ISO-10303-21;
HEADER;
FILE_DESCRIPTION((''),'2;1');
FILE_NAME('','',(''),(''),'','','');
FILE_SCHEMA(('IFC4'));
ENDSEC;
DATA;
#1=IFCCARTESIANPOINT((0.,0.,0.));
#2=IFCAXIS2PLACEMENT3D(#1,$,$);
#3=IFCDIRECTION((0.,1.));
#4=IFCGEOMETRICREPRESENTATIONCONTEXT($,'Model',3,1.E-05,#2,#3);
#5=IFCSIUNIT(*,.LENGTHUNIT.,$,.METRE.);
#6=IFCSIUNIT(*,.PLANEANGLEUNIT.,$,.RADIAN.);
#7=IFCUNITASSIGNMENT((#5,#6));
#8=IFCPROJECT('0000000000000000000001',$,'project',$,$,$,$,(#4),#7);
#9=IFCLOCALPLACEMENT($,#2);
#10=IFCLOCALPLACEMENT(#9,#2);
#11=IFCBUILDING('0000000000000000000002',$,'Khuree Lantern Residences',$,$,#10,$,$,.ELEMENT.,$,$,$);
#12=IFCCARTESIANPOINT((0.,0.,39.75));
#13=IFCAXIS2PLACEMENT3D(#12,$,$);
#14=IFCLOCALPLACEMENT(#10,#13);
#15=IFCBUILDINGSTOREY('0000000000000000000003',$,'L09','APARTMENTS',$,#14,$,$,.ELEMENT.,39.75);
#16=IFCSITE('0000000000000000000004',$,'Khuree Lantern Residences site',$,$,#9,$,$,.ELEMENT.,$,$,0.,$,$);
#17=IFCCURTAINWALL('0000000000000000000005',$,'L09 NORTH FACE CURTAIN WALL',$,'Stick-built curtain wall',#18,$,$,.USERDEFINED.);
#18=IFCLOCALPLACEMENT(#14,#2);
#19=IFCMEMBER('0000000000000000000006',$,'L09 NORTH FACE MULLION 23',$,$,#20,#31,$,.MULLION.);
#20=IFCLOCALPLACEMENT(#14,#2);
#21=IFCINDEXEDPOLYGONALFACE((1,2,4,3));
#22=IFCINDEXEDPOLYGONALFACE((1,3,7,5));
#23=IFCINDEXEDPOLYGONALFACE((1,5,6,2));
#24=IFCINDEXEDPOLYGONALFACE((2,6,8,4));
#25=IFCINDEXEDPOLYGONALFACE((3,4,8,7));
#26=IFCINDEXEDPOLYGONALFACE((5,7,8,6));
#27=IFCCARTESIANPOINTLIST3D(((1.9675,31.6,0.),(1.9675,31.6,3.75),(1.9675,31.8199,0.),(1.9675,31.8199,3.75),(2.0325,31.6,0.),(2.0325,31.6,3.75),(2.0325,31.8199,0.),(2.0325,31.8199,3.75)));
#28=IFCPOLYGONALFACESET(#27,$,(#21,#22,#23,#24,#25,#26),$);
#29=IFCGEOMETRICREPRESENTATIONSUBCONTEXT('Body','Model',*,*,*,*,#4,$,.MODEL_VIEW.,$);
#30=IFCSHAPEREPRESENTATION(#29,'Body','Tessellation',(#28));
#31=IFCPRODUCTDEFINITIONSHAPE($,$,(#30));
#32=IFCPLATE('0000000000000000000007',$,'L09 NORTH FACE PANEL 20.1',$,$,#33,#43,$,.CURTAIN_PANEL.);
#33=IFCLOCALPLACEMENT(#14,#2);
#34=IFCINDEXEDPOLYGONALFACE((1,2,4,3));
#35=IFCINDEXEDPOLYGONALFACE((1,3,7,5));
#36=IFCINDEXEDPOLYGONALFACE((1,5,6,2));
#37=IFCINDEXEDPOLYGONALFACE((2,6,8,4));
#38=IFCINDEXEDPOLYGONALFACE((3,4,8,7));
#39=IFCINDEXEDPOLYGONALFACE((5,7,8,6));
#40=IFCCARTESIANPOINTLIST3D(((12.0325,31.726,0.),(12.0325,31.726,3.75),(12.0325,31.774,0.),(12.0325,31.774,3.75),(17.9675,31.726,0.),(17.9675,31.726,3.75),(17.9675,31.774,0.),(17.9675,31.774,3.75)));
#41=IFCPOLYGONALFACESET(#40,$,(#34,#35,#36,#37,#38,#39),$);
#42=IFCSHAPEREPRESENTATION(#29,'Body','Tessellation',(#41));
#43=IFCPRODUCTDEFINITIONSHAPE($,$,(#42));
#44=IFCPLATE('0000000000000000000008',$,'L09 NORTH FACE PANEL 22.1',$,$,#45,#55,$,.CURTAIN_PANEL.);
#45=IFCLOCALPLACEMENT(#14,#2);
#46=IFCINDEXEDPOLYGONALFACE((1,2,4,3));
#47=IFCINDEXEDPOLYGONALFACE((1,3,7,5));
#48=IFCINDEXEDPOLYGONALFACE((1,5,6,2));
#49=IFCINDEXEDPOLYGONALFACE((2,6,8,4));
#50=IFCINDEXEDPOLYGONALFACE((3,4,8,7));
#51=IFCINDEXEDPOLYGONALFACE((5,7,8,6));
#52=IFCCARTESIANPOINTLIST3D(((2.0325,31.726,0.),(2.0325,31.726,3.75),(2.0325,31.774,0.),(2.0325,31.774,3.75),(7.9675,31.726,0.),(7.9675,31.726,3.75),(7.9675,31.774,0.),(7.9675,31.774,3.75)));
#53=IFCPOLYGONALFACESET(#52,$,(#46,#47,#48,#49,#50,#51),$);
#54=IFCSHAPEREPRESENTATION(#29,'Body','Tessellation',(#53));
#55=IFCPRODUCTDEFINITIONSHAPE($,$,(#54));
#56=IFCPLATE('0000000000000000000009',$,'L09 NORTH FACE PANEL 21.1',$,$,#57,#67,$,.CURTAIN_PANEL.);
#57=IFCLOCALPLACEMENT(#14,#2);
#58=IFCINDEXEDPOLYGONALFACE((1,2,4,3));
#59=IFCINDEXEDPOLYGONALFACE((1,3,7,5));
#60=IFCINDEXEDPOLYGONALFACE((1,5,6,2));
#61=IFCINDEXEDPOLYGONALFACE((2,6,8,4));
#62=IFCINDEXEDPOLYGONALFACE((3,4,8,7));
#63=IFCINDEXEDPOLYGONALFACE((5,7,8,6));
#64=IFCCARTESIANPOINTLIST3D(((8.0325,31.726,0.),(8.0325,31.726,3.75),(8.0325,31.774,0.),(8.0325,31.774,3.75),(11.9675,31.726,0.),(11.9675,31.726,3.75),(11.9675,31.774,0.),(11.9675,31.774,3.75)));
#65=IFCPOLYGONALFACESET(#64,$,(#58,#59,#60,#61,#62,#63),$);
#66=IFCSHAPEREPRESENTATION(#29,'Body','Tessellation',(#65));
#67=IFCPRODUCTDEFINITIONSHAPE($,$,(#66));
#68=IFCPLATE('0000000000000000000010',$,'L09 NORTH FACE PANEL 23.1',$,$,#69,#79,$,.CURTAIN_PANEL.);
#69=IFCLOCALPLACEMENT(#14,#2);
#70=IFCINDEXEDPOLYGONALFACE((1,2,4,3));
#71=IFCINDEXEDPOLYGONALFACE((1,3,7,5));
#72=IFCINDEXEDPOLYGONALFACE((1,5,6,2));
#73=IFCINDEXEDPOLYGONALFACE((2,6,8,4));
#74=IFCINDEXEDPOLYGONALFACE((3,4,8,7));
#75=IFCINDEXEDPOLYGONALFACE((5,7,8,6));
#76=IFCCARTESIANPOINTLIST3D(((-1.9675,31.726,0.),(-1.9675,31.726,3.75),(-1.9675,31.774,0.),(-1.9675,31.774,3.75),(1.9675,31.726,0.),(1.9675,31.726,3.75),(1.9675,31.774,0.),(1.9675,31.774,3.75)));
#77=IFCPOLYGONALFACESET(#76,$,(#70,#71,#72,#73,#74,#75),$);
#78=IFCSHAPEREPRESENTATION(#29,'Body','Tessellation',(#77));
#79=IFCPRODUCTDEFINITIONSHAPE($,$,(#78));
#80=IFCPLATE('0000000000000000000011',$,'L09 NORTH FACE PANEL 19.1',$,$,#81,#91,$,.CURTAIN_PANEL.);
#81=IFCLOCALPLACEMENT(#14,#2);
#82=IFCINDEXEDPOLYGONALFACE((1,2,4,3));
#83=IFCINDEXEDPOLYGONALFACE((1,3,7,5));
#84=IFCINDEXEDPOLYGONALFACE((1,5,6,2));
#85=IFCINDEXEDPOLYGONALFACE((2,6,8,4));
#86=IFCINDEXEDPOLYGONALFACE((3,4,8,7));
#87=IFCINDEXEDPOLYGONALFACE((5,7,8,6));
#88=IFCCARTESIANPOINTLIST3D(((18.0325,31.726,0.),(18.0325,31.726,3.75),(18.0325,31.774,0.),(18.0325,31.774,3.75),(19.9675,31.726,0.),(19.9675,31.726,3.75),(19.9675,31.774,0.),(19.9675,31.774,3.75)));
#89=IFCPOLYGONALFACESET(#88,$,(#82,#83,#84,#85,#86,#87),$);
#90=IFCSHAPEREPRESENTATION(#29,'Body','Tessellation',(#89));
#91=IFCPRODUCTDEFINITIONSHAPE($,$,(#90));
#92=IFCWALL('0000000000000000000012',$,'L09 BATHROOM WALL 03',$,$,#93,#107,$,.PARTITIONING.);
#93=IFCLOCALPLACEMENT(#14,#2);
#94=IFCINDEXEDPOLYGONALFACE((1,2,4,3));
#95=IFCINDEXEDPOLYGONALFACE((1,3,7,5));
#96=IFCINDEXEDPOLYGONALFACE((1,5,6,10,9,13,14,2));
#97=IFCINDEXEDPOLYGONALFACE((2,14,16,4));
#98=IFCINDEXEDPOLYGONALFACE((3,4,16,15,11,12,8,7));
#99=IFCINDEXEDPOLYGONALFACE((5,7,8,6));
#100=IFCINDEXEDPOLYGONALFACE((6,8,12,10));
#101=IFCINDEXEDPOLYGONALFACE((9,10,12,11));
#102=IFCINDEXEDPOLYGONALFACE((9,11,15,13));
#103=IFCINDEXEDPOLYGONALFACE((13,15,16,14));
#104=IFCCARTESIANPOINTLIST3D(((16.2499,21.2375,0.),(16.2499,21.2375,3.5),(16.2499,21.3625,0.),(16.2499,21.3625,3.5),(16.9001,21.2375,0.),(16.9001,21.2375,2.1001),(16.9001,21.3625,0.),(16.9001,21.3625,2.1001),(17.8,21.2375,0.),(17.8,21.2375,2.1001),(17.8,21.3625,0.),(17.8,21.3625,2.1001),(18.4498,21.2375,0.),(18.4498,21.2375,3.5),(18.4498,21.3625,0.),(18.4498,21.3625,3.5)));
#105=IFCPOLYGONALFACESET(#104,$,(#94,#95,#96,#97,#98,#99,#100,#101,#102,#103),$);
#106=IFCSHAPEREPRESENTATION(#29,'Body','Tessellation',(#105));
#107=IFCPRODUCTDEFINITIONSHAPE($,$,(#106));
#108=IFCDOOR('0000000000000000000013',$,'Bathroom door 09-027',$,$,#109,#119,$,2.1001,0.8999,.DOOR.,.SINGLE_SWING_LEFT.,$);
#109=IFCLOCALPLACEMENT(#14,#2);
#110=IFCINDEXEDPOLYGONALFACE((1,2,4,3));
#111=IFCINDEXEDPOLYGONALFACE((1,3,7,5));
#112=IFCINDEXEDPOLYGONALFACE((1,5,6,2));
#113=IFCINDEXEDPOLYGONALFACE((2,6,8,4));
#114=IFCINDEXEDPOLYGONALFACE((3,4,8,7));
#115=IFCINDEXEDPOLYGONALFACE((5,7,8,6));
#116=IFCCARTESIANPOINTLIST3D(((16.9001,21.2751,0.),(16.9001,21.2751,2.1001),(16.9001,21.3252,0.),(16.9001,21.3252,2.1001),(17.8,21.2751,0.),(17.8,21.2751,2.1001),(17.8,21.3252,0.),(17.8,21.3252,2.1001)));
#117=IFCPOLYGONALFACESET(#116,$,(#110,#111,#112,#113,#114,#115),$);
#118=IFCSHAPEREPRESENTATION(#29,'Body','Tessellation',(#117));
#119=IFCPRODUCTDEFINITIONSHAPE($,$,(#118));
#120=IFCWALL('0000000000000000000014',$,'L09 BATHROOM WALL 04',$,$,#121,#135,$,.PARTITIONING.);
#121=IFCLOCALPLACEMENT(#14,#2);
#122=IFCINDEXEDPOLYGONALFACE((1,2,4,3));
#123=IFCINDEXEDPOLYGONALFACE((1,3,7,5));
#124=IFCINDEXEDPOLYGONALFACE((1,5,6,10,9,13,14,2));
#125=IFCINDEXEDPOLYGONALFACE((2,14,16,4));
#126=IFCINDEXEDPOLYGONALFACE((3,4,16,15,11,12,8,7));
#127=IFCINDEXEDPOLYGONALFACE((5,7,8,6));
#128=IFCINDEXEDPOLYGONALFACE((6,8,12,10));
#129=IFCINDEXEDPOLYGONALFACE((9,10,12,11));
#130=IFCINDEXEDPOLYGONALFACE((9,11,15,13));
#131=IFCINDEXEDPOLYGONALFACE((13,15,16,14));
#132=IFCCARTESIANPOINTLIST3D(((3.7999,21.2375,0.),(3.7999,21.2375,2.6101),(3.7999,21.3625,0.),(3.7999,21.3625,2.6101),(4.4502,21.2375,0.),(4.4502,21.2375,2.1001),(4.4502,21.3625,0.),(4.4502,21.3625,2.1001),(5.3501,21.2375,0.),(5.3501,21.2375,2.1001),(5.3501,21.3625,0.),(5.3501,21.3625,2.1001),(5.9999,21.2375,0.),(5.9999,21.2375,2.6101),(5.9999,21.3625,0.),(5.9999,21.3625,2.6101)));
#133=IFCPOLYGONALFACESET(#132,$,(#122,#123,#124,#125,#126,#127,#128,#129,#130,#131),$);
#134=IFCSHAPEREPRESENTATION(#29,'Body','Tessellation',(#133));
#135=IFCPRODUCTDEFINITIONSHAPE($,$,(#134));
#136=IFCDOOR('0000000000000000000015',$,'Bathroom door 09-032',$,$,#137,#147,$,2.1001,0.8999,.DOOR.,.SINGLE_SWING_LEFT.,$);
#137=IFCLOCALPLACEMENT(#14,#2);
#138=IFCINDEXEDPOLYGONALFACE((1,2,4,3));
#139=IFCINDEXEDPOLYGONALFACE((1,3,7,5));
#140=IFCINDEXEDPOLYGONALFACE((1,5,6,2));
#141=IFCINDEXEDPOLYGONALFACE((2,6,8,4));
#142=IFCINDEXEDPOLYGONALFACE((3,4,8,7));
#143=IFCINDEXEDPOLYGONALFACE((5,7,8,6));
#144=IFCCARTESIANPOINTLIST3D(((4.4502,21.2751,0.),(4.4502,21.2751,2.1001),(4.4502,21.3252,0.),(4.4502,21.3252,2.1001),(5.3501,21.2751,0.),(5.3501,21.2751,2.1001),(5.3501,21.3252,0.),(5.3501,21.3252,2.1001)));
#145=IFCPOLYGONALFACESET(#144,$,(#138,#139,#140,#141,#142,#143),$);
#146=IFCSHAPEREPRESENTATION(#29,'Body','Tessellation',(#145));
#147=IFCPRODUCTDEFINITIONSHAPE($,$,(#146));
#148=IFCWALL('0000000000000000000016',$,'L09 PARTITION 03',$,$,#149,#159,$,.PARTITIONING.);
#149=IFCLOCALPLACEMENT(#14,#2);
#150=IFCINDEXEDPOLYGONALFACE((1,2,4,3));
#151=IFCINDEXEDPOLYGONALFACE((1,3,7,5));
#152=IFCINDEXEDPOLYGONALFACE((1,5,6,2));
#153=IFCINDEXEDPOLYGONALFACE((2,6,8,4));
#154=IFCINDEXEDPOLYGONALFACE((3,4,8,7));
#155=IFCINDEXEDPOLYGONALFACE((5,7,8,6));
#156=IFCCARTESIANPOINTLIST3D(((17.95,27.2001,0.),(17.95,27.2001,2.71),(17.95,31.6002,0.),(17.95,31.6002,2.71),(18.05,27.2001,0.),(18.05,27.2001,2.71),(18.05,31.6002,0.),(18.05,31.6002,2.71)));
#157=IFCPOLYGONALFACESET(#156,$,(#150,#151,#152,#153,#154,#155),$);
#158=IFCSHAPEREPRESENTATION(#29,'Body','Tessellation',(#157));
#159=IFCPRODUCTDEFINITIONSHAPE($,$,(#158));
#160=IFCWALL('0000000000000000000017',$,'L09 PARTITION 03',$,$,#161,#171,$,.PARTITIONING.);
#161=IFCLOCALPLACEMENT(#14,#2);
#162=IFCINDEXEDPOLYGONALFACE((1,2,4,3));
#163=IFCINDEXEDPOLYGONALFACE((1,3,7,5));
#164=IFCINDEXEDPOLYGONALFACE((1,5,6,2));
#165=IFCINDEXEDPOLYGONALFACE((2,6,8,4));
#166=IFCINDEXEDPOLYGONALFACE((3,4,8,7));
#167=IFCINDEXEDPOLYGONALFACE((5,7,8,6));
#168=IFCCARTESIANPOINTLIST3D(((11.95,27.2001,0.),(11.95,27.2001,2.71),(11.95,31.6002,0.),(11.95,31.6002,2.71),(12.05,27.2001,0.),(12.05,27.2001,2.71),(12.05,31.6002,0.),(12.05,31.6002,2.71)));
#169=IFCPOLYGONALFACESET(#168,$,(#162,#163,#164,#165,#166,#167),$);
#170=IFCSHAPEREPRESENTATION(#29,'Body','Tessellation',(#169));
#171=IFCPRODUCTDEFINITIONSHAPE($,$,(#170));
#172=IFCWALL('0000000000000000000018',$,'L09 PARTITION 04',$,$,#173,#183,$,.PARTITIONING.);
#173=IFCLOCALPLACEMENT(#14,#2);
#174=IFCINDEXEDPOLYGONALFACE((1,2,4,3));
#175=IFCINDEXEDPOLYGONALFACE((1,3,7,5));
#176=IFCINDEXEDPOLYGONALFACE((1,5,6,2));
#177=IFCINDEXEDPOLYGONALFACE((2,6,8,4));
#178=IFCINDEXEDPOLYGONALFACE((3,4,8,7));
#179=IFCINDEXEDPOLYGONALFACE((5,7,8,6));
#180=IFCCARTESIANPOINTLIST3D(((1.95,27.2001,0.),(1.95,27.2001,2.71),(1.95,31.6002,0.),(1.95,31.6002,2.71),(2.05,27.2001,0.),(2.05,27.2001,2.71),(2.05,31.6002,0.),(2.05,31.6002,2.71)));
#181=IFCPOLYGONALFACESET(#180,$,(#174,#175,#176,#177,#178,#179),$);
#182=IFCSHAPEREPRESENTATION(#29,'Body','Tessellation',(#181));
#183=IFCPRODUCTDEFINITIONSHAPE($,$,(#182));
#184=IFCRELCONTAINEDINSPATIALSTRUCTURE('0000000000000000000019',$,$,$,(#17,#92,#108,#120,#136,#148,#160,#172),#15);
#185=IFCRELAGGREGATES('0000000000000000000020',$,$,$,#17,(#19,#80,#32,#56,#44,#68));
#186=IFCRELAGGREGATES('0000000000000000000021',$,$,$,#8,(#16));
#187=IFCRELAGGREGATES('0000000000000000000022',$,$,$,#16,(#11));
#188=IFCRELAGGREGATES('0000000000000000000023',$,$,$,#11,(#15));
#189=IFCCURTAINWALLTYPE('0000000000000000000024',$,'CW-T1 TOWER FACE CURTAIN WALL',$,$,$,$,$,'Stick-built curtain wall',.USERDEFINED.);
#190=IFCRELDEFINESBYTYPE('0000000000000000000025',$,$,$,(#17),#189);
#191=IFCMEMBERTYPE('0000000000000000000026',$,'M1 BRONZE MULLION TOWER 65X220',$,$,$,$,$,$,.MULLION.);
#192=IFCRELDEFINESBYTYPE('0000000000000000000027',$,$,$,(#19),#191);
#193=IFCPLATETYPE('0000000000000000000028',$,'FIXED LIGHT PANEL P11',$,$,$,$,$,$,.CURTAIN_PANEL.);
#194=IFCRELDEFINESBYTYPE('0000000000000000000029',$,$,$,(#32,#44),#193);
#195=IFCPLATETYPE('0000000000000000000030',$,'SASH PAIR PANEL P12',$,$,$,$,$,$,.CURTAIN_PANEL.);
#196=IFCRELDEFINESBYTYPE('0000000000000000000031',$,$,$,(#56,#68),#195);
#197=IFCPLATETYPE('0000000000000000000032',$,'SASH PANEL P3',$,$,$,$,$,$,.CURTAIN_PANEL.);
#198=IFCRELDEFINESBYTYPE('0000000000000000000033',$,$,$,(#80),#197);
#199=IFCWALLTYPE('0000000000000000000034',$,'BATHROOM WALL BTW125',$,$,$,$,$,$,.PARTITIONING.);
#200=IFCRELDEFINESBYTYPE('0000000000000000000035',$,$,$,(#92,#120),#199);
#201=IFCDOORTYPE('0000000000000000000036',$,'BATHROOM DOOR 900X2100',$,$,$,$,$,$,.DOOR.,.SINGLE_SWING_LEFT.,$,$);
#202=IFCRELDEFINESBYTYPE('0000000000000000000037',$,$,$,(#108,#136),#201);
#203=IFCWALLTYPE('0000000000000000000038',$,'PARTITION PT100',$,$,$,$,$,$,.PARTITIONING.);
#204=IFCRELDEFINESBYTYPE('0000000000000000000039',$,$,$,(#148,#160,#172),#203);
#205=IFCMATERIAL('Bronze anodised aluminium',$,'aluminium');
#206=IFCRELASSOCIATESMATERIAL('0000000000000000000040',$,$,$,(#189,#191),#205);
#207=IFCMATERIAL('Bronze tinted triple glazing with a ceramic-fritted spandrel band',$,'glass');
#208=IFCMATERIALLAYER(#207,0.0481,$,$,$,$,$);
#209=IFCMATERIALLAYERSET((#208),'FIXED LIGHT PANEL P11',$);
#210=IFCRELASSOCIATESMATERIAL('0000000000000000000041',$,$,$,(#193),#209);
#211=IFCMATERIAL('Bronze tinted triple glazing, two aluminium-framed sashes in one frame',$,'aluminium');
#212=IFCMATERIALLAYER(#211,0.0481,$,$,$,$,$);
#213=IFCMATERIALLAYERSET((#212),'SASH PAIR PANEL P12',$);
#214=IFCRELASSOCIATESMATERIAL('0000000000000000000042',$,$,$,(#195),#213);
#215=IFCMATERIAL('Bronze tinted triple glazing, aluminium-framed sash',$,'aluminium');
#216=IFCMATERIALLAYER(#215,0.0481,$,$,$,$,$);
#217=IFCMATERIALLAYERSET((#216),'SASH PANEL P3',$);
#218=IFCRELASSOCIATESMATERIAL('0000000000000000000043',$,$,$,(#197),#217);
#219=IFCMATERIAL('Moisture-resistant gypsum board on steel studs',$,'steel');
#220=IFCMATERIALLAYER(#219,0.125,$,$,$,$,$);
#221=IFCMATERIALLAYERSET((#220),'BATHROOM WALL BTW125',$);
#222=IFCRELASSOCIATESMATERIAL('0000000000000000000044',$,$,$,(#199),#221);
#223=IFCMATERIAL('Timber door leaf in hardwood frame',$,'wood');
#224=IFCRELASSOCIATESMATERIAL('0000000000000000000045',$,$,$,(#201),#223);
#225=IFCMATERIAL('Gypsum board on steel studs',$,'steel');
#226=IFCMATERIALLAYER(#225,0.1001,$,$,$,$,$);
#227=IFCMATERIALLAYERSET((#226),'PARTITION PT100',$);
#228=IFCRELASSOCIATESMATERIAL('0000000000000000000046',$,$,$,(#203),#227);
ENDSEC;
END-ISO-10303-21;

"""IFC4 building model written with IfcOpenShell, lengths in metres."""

from ifc_helpers import new_model, si_unit, direction, frame, frame_2d, origin, origin_2d, place, context, subcontext, project, spatial, rectangle, extrude, material, layer, layer_set, material_profile, profile_set, type_object, element, fill, aggregate, save


model = new_model("IFC4")

# Units and contexts
model_context = context("Model", 3, precision=1e-05, world=origin(), true_north=direction((0.0, 1.0)))
body_context = subcontext(model_context, "Body", "Model", "MODEL_VIEW")
ifc_project = project(units=[si_unit("LENGTHUNIT", "METRE"), si_unit("PLANEANGLEUNIT", "RADIAN")], contexts=[model_context])

# Site, building, storey
site_placement = place(None, origin())
site = spatial("IfcSite", under=ifc_project, at=site_placement, Name="Khuree Lantern Residences site", CompositionType="ELEMENT", RefElevation=0.0)
building_placement = place(site_placement, origin())
building = spatial("IfcBuilding", under=site, at=building_placement, Name="Khuree Lantern Residences", CompositionType="ELEMENT")
storey_placement = place(building_placement, frame((0.0, 0.0, 39.75)))
storey = spatial("IfcBuildingStorey", under=building, at=storey_placement, Name="L09", Description="APARTMENTS", CompositionType="ELEMENT", Elevation=39.75)

# Curtain wall
ifc_material_1 = material(Name="Bronze anodised aluminium", Category="aluminium")
curtain_wall_type = type_object("IfcCurtainWallType", Name="CW-T1 TOWER FACE CURTAIN WALL", ElementType="Stick-built curtain wall", PredefinedType="USERDEFINED", material=ifc_material_1)
curtain_wall_placement = place(storey_placement, origin())
curtain_wall = element("IfcCurtainWall", 1, at=curtain_wall_placement, inside=storey, type_object=curtain_wall_type, Name="L09 NORTH FACE CURTAIN WALL", ObjectType="Stick-built curtain wall", PredefinedType="USERDEFINED")

# Member
ifc_material_profile_1 = material_profile(ifc_material_1, rectangle(XDim=0.0649, YDim=0.22, at=origin_2d()), Name="M1 65X220")
ifc_profile_set_1 = profile_set([ifc_material_profile_1], Name="Bronze anodised aluminium")
member_type_1 = type_object("IfcMemberType", Name="M1 BRONZE MULLION TOWER 65X220", PredefinedType="MULLION", material=ifc_profile_set_1)
member_1_placement = place(storey_placement, frame((2.0, 31.71, 0.0), z_axis=(0.0, 0.0, 1.0), x_axis=(-1.0, 0.0, 0.0)))
member_1 = element("IfcMember", 2, at=member_1_placement, type_object=member_type_1, Name="L09 NORTH FACE MULLION 23", PredefinedType="MULLION", context=body_context, shape_type="SweptSolid", body=[
    extrude(rectangle(XDim=0.0649, YDim=0.22, at=origin_2d()), origin(), (0.0, 0.0, 1.0), 3.75),
])

# Plates
ifc_material_2 = material(Name="Bronze tinted triple glazing with a ceramic-fritted spandrel band", Category="glass")
ifc_layer_1 = layer(ifc_material_2, 0.0481)
ifc_layer_set_1 = layer_set([ifc_layer_1], Name="FIXED LIGHT PANEL P11")
plate_type_1 = type_object("IfcPlateType", Name="FIXED LIGHT PANEL P11", PredefinedType="CURTAIN_PANEL", material=ifc_layer_set_1)
plate_1_placement = place(storey_placement, frame((15.0, 31.75, 0.0), z_axis=(0.0, 0.0, 1.0), x_axis=(-1.0, 0.0, 0.0)))
plate_1 = element("IfcPlate", 3, at=plate_1_placement, type_object=plate_type_1, Name="L09 NORTH FACE PANEL 20.1", PredefinedType="CURTAIN_PANEL", context=body_context, shape_type="SweptSolid", body=[
    extrude(rectangle(XDim=5.9351, YDim=0.0481, at=origin_2d()), origin(), (0.0, 0.0, 1.0), 3.75),
])
plate_2_placement = place(storey_placement, frame((5.0, 31.75, 0.0), z_axis=(0.0, 0.0, 1.0), x_axis=(-1.0, 0.0, 0.0)))
plate_2 = element("IfcPlate", 4, at=plate_2_placement, type_object=plate_type_1, Name="L09 NORTH FACE PANEL 22.1", PredefinedType="CURTAIN_PANEL", context=body_context, shape_type="SweptSolid", body=[
    extrude(rectangle(XDim=5.9351, YDim=0.0481, at=origin_2d()), origin(), (0.0, 0.0, 1.0), 3.75),
])
ifc_material_3 = material(Name="Bronze tinted triple glazing, two aluminium-framed sashes in one frame", Category="aluminium")
ifc_layer_2 = layer(ifc_material_3, 0.0481)
ifc_layer_set_2 = layer_set([ifc_layer_2], Name="SASH PAIR PANEL P12")
plate_type_2 = type_object("IfcPlateType", Name="SASH PAIR PANEL P12", PredefinedType="CURTAIN_PANEL", material=ifc_layer_set_2)
plate_3_placement = place(storey_placement, frame((10.0, 31.75, 0.0), z_axis=(0.0, 0.0, 1.0), x_axis=(-1.0, 0.0, 0.0)))
plate_3 = element("IfcPlate", 5, at=plate_3_placement, type_object=plate_type_2, Name="L09 NORTH FACE PANEL 21.1", PredefinedType="CURTAIN_PANEL", context=body_context, shape_type="SweptSolid", body=[
    extrude(rectangle(XDim=3.9351, YDim=0.0481, at=origin_2d()), origin(), (0.0, 0.0, 1.0), 3.75),
])
plate_4_placement = place(storey_placement, frame((0.0, 31.75, 0.0), z_axis=(0.0, 0.0, 1.0), x_axis=(-1.0, 0.0, 0.0)))
plate_4 = element("IfcPlate", 6, at=plate_4_placement, type_object=plate_type_2, Name="L09 NORTH FACE PANEL 23.1", PredefinedType="CURTAIN_PANEL", context=body_context, shape_type="SweptSolid", body=[
    extrude(rectangle(XDim=3.9351, YDim=0.0481, at=origin_2d()), origin(), (0.0, 0.0, 1.0), 3.75),
])
ifc_material_4 = material(Name="Bronze tinted triple glazing, aluminium-framed sash", Category="aluminium")
ifc_layer_3 = layer(ifc_material_4, 0.0481)
ifc_layer_set_3 = layer_set([ifc_layer_3], Name="SASH PANEL P3")
plate_type_3 = type_object("IfcPlateType", Name="SASH PANEL P3", PredefinedType="CURTAIN_PANEL", material=ifc_layer_set_3)
plate_5_placement = place(storey_placement, frame((19.0, 31.75, 0.0), z_axis=(0.0, 0.0, 1.0), x_axis=(-1.0, 0.0, 0.0)))
plate_5 = element("IfcPlate", 7, at=plate_5_placement, type_object=plate_type_3, Name="L09 NORTH FACE PANEL 19.1", PredefinedType="CURTAIN_PANEL", context=body_context, shape_type="SweptSolid", body=[
    extrude(rectangle(XDim=1.9351, YDim=0.0481, at=origin_2d()), origin(), (0.0, 0.0, 1.0), 3.75),
])
aggregate(curtain_wall, [member_1, plate_5, plate_1, plate_3, plate_2, plate_4])

# Walls, openings, doors
ifc_material_5 = material(Name="Moisture-resistant gypsum board on steel studs", Category="steel")
ifc_layer_4 = layer(ifc_material_5, 0.125)
ifc_layer_set_4 = layer_set([ifc_layer_4], Name="BATHROOM WALL BTW125")
wall_type_1 = type_object("IfcWallType", Name="BATHROOM WALL BTW125", PredefinedType="PARTITIONING", material=ifc_layer_set_4)
wall_1_placement = place(storey_placement, frame((18.45, 21.3, 0.0), z_axis=(0.0, 0.0, 1.0), x_axis=(-1.0, 0.0, 0.0)))
wall_1 = element("IfcWall", 8, at=wall_1_placement, inside=storey, type_object=wall_type_1, Name="L09 BATHROOM WALL 03", PredefinedType="PARTITIONING", context=body_context, shape_type="SweptSolid", body=[
    extrude(rectangle(XDim=2.2, YDim=0.125, at=frame_2d((1.1001, 0.0))), origin(), (0.0, 0.0, 1.0), 3.5),
])
opening_1_placement = place(wall_1_placement, frame((0.6499, 0.0, 0.0)))
opening_1 = element("IfcOpeningElement", 9, at=opening_1_placement, cuts=wall_1, PredefinedType="OPENING", context=body_context, shape_type="SweptSolid", body=[
    extrude(rectangle(XDim=0.8999, YDim=2.1001, at=frame_2d((0.45, 1.05))), frame((0.0, 0.0725, 0.0), z_axis=(0.0, -1.0, 0.0), x_axis=(1.0, 0.0, 0.0)), (0.0, 0.0, 1.0), 0.145),
])
ifc_material_6 = material(Name="Timber door leaf in hardwood frame", Category="wood")
door_type_1 = type_object("IfcDoorType", Name="BATHROOM DOOR 900X2100", OperationType="SINGLE_SWING_LEFT", PredefinedType="DOOR", material=ifc_material_6)
door_1_placement = place(opening_1_placement, origin())
door_1 = element("IfcDoor", 10, at=door_1_placement, inside=storey, type_object=door_type_1, Name="Bathroom door 09-027", OperationType="SINGLE_SWING_LEFT", OverallHeight=2.1001, OverallWidth=0.8999, PredefinedType="DOOR", context=body_context, shape_type="SweptSolid", body=[
    extrude(rectangle(XDim=0.8999, YDim=2.1001, at=frame_2d((0.45, 1.05))), frame((0.0, 0.0249, 0.0), z_axis=(0.0, -1.0, 0.0), x_axis=(1.0, 0.0, 0.0)), (0.0, 0.0, 1.0), 0.05),
])
fill(opening_1, door_1)
wall_2_placement = place(storey_placement, frame((6.0, 21.3, 0.0), z_axis=(0.0, 0.0, 1.0), x_axis=(-1.0, 0.0, 0.0)))
wall_2 = element("IfcWall", 11, at=wall_2_placement, inside=storey, type_object=wall_type_1, Name="L09 BATHROOM WALL 04", PredefinedType="PARTITIONING", context=body_context, shape_type="SweptSolid", body=[
    extrude(rectangle(XDim=2.2, YDim=0.125, at=frame_2d((1.1001, 0.0))), origin(), (0.0, 0.0, 1.0), 2.6101),
])
opening_2_placement = place(wall_2_placement, frame((0.6499, 0.0, 0.0)))
opening_2 = element("IfcOpeningElement", 12, at=opening_2_placement, cuts=wall_2, PredefinedType="OPENING", context=body_context, shape_type="SweptSolid", body=[
    extrude(rectangle(XDim=0.8999, YDim=2.1001, at=frame_2d((0.45, 1.05))), frame((0.0, 0.0725, 0.0), z_axis=(0.0, -1.0, 0.0), x_axis=(1.0, 0.0, 0.0)), (0.0, 0.0, 1.0), 0.145),
])
door_2_placement = place(opening_2_placement, origin())
door_2 = element("IfcDoor", 13, at=door_2_placement, inside=storey, type_object=door_type_1, Name="Bathroom door 09-032", OperationType="SINGLE_SWING_LEFT", OverallHeight=2.1001, OverallWidth=0.8999, PredefinedType="DOOR", context=body_context, shape_type="SweptSolid", body=[
    extrude(rectangle(XDim=0.8999, YDim=2.1001, at=frame_2d((0.45, 1.05))), frame((0.0, 0.0249, 0.0), z_axis=(0.0, -1.0, 0.0), x_axis=(1.0, 0.0, 0.0)), (0.0, 0.0, 1.0), 0.05),
])
fill(opening_2, door_2)

# Walls
ifc_material_7 = material(Name="Gypsum board on steel studs", Category="steel")
ifc_layer_5 = layer(ifc_material_7, 0.1001)
ifc_layer_set_5 = layer_set([ifc_layer_5], Name="PARTITION PT100")
wall_type_2 = type_object("IfcWallType", Name="PARTITION PT100", PredefinedType="PARTITIONING", material=ifc_layer_set_5)
for number, where, z_axis, x_axis, name in (
    (14, (18.0, 27.2, 0.0), (0.0, 0.0, 1.0), (0.0, 1.0, 0.0), "L09 PARTITION 03"),
    (15, (12.0, 27.2, 0.0), (0.0, 0.0, 1.0), (0.0, 1.0, 0.0), "L09 PARTITION 03"),
    (16, (2.0, 27.2, 0.0), (0.0, 0.0, 1.0), (0.0, 1.0, 0.0), "L09 PARTITION 04"),
):
    element("IfcWall", number, at=place(storey_placement, frame(where, z_axis=z_axis, x_axis=x_axis)), inside=storey, type_object=wall_type_2, Name=name, PredefinedType="PARTITIONING", context=body_context, shape_type="SweptSolid", body=[
        extrude(rectangle(XDim=4.4001, YDim=0.1001, at=frame_2d((2.2002, 0.0))), origin(), (0.0, 0.0, 1.0), 2.71),
    ])

save(model, "model.ifc")
